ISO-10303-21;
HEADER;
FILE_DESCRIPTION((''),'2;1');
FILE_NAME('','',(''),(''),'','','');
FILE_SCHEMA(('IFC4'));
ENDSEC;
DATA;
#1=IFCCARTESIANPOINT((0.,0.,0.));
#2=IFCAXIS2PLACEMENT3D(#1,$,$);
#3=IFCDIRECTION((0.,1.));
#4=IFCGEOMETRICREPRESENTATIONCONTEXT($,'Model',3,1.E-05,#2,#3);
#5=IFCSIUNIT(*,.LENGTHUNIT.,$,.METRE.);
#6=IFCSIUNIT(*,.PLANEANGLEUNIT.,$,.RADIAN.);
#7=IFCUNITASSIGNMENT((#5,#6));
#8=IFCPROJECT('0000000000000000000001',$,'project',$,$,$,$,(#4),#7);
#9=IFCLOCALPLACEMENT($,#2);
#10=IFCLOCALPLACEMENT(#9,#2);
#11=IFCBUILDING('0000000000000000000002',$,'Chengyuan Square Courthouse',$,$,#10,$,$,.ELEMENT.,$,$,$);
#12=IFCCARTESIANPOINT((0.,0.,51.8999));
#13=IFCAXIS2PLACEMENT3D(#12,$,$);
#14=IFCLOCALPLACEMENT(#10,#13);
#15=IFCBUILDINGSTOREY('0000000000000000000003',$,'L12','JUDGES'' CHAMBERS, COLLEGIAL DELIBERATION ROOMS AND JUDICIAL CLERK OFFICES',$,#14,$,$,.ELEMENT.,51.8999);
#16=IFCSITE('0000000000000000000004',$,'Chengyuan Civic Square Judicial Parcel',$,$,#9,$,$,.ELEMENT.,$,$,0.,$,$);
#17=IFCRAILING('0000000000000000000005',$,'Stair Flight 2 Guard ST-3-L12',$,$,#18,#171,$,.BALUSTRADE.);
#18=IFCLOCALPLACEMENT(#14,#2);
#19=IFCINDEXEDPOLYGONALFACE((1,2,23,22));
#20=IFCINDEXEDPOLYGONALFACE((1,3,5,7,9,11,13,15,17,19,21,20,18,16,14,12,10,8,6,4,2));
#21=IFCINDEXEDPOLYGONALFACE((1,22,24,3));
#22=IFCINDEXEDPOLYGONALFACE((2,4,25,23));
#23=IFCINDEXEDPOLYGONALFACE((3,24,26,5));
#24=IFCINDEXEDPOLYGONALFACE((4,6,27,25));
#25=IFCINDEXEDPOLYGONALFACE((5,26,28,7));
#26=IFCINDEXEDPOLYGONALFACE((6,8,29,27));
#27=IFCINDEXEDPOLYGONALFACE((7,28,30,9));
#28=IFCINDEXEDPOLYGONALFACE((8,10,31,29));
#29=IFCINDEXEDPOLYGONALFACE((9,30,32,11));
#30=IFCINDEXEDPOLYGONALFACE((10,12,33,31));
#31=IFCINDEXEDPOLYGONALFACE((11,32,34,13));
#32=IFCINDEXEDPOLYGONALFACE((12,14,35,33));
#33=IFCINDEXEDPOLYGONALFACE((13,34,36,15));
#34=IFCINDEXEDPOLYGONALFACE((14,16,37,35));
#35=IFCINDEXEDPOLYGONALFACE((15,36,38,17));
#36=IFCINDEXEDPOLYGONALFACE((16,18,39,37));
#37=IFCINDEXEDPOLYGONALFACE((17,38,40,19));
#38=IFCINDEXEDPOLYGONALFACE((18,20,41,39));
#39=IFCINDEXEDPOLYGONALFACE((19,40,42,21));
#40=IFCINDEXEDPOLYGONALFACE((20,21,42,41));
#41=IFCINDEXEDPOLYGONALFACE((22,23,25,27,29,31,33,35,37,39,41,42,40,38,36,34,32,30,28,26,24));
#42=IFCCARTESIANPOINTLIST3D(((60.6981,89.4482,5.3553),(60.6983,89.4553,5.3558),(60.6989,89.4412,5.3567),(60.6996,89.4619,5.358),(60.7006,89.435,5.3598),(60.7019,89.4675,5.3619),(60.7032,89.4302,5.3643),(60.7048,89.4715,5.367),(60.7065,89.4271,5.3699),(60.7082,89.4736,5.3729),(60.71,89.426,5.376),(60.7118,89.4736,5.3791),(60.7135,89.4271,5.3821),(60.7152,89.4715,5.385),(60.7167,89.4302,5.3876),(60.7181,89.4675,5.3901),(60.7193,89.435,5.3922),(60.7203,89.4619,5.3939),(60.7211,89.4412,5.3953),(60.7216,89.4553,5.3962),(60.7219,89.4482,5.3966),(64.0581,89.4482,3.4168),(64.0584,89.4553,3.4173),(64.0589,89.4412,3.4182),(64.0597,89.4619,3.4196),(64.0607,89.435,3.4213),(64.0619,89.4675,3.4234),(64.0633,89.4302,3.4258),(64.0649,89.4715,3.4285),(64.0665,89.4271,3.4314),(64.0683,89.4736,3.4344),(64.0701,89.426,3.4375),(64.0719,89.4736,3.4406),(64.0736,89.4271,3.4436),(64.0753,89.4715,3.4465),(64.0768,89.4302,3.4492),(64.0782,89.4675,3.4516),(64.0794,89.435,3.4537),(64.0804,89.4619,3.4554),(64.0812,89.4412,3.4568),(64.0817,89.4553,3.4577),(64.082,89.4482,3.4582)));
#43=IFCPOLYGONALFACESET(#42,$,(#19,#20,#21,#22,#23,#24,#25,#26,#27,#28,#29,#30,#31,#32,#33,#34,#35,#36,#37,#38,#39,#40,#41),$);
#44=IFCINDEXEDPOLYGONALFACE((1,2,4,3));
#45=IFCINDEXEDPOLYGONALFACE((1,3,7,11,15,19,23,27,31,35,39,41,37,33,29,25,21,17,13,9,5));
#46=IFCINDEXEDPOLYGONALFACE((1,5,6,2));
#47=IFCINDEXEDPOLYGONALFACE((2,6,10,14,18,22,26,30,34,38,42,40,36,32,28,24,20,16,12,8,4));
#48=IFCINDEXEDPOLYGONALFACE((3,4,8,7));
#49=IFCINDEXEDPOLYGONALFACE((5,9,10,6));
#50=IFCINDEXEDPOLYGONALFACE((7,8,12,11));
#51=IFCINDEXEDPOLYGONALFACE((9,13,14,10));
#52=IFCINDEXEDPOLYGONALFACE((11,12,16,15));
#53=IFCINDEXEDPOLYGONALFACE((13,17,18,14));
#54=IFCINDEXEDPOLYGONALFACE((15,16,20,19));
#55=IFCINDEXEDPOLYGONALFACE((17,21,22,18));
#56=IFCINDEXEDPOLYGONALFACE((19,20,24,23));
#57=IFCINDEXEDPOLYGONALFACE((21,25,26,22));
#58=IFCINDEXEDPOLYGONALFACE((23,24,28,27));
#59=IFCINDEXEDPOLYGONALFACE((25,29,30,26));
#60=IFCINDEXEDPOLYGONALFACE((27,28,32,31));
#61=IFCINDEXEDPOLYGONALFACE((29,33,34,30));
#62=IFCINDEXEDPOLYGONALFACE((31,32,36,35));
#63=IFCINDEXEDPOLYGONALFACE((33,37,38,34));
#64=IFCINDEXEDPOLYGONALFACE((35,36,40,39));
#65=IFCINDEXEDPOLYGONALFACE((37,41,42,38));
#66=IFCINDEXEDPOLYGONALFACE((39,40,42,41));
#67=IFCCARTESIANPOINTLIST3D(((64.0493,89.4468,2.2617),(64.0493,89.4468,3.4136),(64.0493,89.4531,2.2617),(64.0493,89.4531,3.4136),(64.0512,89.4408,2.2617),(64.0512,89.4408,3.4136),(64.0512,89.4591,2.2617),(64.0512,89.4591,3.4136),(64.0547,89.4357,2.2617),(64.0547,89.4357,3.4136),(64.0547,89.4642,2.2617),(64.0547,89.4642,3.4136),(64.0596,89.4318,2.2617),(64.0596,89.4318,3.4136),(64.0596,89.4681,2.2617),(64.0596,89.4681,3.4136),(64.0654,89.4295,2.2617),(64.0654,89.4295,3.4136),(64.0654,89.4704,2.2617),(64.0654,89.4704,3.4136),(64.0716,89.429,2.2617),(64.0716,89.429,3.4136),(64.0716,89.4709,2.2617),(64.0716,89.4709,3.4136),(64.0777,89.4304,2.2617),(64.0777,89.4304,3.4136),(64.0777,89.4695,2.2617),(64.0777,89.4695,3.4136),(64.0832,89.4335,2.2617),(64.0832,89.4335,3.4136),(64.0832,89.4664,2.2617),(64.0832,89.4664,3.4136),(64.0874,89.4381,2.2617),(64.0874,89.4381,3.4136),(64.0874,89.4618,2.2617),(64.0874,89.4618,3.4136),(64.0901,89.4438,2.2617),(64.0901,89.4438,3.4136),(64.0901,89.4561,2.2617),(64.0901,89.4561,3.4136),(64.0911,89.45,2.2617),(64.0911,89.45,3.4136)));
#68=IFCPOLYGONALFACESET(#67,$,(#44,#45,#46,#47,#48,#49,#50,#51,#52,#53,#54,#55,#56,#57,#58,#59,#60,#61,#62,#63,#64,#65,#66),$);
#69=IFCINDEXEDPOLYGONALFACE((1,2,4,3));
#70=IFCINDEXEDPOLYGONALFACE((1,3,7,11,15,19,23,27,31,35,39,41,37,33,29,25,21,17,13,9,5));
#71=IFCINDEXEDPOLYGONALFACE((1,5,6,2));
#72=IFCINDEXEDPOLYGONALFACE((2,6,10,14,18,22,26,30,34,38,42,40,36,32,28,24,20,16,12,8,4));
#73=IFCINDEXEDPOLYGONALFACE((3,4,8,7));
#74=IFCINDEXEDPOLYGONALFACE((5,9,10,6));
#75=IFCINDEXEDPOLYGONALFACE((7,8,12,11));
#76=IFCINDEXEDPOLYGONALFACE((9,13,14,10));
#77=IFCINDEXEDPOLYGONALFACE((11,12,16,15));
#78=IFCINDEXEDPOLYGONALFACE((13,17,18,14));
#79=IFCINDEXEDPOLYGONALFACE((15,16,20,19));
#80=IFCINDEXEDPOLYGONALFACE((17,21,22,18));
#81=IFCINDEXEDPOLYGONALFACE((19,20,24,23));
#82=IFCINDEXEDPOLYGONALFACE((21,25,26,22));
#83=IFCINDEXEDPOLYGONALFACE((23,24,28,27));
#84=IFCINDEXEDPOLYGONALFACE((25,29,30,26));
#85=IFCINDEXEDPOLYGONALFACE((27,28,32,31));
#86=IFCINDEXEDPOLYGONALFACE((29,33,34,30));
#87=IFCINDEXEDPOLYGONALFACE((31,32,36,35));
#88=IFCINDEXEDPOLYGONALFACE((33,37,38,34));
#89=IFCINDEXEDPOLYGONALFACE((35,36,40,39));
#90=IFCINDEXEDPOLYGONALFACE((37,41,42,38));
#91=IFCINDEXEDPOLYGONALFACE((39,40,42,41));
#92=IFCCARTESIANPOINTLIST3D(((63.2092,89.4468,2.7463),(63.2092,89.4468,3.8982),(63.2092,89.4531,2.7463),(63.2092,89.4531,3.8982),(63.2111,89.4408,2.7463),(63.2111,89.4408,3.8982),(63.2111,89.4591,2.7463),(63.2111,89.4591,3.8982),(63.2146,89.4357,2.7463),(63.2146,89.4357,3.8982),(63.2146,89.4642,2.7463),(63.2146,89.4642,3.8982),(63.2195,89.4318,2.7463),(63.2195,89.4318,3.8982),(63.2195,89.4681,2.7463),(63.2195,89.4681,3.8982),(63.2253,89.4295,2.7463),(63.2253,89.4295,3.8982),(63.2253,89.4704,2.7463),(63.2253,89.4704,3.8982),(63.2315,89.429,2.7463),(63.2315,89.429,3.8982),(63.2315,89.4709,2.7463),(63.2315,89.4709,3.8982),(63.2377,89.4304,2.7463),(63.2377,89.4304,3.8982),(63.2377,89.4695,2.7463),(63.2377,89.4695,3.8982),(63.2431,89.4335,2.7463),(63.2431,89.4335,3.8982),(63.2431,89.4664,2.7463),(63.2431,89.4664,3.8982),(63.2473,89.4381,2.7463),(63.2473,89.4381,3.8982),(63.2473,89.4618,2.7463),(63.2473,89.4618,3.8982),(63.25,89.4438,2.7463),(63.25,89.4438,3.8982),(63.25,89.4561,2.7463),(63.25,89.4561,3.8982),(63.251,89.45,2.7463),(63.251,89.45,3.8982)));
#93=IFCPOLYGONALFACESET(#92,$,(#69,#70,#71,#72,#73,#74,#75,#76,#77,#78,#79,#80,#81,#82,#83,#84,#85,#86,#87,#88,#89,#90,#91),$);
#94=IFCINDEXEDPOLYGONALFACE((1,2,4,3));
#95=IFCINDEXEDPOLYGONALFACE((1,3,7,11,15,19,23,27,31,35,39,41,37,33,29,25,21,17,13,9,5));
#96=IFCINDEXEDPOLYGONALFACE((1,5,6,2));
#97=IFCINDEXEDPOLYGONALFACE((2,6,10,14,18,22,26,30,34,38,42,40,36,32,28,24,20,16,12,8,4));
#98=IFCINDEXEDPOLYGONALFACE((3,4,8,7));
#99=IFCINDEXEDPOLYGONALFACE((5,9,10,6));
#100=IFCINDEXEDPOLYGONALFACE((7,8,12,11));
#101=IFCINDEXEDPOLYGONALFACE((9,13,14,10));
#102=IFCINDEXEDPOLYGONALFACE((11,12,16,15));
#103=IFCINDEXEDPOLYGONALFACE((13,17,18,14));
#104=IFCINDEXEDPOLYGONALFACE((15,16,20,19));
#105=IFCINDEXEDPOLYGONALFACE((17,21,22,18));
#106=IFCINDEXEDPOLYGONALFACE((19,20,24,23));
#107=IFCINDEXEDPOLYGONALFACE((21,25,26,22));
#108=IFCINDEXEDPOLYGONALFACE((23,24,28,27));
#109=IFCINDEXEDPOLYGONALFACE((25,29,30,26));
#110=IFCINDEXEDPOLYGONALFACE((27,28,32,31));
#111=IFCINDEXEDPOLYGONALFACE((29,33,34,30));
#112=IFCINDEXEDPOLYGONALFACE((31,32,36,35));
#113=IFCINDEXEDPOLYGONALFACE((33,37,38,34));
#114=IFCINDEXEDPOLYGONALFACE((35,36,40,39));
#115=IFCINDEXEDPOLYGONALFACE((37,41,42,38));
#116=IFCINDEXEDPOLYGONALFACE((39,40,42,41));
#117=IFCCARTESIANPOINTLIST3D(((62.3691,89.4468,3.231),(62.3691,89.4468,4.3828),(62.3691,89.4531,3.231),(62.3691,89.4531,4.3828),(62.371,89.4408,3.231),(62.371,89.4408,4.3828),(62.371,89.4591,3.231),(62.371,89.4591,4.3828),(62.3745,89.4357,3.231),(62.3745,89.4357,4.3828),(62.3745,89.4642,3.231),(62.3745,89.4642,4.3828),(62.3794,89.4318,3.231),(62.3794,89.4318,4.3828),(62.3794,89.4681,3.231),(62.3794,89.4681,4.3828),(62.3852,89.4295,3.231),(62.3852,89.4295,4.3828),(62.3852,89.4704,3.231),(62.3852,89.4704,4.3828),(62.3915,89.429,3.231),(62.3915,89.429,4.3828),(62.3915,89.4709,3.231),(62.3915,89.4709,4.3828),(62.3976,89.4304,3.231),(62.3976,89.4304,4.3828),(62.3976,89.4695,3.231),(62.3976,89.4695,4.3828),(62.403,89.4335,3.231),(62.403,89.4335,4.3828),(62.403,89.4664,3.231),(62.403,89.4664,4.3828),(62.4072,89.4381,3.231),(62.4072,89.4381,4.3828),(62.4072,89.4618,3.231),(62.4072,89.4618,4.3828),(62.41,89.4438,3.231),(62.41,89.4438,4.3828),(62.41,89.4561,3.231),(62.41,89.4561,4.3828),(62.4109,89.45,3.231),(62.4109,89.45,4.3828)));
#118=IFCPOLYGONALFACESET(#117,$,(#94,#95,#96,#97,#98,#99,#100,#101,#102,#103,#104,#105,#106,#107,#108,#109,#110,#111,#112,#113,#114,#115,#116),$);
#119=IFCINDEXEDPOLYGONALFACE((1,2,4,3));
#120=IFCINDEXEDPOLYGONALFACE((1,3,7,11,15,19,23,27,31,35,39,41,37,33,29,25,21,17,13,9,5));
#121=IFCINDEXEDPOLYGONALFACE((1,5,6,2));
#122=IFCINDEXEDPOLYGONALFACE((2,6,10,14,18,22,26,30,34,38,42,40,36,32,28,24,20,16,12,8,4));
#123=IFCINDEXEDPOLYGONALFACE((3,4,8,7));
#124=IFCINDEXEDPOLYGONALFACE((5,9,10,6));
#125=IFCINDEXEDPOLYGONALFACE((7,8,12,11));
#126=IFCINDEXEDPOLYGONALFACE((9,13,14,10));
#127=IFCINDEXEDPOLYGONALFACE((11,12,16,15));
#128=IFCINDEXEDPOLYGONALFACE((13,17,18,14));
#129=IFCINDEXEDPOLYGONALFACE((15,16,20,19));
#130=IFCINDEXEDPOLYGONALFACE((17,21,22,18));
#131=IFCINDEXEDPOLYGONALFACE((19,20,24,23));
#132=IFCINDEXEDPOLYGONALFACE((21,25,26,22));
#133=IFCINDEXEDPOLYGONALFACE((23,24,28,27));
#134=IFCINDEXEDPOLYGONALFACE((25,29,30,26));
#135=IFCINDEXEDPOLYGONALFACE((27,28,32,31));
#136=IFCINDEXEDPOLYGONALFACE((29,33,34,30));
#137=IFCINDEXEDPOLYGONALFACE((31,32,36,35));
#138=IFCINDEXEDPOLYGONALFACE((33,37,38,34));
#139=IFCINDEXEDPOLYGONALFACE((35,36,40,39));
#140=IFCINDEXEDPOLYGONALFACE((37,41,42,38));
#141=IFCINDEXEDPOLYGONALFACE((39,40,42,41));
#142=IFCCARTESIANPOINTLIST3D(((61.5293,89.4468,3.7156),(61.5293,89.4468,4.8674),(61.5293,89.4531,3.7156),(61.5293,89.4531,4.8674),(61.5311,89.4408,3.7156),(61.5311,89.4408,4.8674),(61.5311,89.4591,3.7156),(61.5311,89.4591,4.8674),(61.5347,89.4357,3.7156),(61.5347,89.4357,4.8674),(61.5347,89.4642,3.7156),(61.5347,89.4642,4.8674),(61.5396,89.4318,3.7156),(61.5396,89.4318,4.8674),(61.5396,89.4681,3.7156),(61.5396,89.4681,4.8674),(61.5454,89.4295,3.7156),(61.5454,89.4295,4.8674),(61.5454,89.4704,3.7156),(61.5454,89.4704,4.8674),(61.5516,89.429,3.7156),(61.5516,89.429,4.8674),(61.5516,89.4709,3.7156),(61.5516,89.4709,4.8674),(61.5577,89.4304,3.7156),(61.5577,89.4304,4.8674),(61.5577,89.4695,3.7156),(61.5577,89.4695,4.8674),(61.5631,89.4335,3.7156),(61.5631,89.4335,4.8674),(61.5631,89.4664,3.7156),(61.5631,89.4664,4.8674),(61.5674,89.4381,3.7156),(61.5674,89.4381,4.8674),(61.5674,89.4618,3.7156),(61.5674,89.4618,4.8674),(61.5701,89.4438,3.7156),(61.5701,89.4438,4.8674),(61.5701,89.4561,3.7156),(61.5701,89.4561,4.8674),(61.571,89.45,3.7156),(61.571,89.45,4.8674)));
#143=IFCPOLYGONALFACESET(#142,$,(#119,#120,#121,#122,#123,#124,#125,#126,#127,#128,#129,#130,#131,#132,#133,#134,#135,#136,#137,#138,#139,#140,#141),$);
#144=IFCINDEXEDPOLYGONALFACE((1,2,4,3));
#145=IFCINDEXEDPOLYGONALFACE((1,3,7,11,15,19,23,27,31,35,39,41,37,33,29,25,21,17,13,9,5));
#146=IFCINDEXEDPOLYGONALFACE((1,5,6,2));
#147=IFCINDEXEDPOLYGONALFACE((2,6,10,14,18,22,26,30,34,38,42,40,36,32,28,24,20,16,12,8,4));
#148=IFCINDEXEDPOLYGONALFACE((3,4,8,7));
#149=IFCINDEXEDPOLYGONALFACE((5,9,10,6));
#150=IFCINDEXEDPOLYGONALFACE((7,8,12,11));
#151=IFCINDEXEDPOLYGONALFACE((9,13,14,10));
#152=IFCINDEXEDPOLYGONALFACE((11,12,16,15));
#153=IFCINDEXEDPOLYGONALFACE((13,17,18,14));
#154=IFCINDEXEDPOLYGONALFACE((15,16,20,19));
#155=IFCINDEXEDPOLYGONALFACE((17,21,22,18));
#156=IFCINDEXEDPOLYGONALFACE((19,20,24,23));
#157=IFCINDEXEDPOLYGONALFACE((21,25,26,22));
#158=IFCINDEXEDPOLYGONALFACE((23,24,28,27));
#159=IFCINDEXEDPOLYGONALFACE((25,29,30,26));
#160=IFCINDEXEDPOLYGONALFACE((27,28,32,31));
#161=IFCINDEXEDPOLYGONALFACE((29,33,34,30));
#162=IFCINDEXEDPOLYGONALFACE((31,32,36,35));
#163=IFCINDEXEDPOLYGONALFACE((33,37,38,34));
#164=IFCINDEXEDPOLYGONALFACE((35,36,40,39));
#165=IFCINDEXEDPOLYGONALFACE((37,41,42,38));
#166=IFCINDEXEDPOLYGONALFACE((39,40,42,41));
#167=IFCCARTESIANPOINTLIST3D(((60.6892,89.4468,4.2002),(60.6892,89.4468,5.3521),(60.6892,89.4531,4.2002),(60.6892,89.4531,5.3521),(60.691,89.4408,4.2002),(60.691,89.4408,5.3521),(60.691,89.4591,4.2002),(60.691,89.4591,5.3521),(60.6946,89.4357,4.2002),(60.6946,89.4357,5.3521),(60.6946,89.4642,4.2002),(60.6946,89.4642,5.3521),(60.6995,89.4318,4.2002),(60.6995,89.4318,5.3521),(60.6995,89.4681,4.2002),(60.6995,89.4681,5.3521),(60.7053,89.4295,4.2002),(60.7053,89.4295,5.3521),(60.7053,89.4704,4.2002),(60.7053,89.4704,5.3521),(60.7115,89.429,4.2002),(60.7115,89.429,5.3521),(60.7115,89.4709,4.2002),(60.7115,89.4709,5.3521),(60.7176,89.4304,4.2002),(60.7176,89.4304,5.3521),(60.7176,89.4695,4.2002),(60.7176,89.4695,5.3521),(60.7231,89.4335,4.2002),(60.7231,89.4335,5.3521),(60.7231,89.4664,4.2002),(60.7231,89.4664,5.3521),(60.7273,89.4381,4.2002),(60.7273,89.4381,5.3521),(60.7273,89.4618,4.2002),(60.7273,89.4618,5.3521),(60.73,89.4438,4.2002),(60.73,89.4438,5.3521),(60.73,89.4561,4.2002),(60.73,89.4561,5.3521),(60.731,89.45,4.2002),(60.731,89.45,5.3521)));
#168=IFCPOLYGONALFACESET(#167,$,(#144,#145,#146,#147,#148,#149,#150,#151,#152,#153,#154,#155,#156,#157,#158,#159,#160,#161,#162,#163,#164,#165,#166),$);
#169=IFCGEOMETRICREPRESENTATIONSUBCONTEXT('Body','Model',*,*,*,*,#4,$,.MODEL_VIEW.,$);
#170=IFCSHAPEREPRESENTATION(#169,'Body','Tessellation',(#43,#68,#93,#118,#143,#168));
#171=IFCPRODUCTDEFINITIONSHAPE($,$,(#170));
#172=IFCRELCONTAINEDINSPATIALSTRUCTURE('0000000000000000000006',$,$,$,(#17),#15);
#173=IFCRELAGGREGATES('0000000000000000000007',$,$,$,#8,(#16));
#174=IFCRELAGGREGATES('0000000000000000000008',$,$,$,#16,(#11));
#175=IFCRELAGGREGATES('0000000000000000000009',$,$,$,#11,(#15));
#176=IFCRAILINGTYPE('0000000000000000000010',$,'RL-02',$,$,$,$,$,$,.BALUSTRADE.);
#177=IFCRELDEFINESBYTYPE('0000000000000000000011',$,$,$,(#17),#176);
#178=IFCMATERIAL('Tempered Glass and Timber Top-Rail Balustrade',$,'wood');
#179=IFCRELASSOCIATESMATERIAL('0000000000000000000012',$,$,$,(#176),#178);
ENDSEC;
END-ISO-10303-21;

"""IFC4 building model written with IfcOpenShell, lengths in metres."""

from ifc_helpers import new_model, si_unit, direction, frame, origin, origin_2d, place, context, subcontext, project, spatial, circle, extrude, material, type_object, element, save


model = new_model("IFC4")

# Units and contexts
model_context = context("Model", 3, precision=1e-05, world=origin(), true_north=direction((0.0, 1.0)))
body_context = subcontext(model_context, "Body", "Model", "MODEL_VIEW")
ifc_project = project(units=[si_unit("LENGTHUNIT", "METRE"), si_unit("PLANEANGLEUNIT", "RADIAN")], contexts=[model_context])

# Site, building, storey
site_placement = place(None, origin())
site = spatial("IfcSite", under=ifc_project, at=site_placement, Name="Chengyuan Civic Square Judicial Parcel", CompositionType="ELEMENT", RefElevation=0.0)
building_placement = place(site_placement, origin())
building = spatial("IfcBuilding", under=site, at=building_placement, Name="Chengyuan Square Courthouse", CompositionType="ELEMENT")
storey_placement = place(building_placement, frame((0.0, 0.0, 51.8999)))
storey = spatial("IfcBuildingStorey", under=building, at=storey_placement, Name="L12", Description="JUDGES' CHAMBERS, COLLEGIAL DELIBERATION ROOMS AND JUDICIAL CLERK OFFICES", CompositionType="ELEMENT", Elevation=51.8999)

# Railing
ifc_material_1 = material(Name="Tempered Glass and Timber Top-Rail Balustrade", Category="wood")
railing_type = type_object("IfcRailingType", Name="RL-02", PredefinedType="BALUSTRADE", material=ifc_material_1)
railing_1_placement = place(storey_placement, frame((64.0701, 89.45, 2.2617)))
element("IfcRailing", 1, at=railing_1_placement, inside=storey, type_object=railing_type, Name="Stair Flight 2 Guard ST-3-L12", PredefinedType="BALUSTRADE", context=body_context, shape_type="SweptSolid", body=[
    extrude(circle(Radius=0.0239, at=origin_2d()), frame((0.0, 0.0, 1.1758), z_axis=(-0.866191, 0.0, 0.499713), x_axis=(0.0, -1.0, 0.0)), (0.0, 0.0, 1.0), 3.8792),
    extrude(circle(Radius=0.021, at=origin_2d()), origin(), (0.0, 0.0, 1.0), 1.1519),
    extrude(circle(Radius=0.021, at=origin_2d()), frame((-0.8401, 0.0, 0.4846)), (0.0, 0.0, 1.0), 1.1519),
    extrude(circle(Radius=0.021, at=origin_2d()), frame((-1.6802, 0.0, 0.9692)), (0.0, 0.0, 1.0), 1.1519),
    extrude(circle(Radius=0.021, at=origin_2d()), frame((-2.52, 0.0, 1.4539)), (0.0, 0.0, 1.0), 1.1519),
    extrude(circle(Radius=0.021, at=origin_2d()), frame((-3.3601, 0.0, 1.9385)), (0.0, 0.0, 1.0), 1.1519),
])

save(model, "model.ifc")
